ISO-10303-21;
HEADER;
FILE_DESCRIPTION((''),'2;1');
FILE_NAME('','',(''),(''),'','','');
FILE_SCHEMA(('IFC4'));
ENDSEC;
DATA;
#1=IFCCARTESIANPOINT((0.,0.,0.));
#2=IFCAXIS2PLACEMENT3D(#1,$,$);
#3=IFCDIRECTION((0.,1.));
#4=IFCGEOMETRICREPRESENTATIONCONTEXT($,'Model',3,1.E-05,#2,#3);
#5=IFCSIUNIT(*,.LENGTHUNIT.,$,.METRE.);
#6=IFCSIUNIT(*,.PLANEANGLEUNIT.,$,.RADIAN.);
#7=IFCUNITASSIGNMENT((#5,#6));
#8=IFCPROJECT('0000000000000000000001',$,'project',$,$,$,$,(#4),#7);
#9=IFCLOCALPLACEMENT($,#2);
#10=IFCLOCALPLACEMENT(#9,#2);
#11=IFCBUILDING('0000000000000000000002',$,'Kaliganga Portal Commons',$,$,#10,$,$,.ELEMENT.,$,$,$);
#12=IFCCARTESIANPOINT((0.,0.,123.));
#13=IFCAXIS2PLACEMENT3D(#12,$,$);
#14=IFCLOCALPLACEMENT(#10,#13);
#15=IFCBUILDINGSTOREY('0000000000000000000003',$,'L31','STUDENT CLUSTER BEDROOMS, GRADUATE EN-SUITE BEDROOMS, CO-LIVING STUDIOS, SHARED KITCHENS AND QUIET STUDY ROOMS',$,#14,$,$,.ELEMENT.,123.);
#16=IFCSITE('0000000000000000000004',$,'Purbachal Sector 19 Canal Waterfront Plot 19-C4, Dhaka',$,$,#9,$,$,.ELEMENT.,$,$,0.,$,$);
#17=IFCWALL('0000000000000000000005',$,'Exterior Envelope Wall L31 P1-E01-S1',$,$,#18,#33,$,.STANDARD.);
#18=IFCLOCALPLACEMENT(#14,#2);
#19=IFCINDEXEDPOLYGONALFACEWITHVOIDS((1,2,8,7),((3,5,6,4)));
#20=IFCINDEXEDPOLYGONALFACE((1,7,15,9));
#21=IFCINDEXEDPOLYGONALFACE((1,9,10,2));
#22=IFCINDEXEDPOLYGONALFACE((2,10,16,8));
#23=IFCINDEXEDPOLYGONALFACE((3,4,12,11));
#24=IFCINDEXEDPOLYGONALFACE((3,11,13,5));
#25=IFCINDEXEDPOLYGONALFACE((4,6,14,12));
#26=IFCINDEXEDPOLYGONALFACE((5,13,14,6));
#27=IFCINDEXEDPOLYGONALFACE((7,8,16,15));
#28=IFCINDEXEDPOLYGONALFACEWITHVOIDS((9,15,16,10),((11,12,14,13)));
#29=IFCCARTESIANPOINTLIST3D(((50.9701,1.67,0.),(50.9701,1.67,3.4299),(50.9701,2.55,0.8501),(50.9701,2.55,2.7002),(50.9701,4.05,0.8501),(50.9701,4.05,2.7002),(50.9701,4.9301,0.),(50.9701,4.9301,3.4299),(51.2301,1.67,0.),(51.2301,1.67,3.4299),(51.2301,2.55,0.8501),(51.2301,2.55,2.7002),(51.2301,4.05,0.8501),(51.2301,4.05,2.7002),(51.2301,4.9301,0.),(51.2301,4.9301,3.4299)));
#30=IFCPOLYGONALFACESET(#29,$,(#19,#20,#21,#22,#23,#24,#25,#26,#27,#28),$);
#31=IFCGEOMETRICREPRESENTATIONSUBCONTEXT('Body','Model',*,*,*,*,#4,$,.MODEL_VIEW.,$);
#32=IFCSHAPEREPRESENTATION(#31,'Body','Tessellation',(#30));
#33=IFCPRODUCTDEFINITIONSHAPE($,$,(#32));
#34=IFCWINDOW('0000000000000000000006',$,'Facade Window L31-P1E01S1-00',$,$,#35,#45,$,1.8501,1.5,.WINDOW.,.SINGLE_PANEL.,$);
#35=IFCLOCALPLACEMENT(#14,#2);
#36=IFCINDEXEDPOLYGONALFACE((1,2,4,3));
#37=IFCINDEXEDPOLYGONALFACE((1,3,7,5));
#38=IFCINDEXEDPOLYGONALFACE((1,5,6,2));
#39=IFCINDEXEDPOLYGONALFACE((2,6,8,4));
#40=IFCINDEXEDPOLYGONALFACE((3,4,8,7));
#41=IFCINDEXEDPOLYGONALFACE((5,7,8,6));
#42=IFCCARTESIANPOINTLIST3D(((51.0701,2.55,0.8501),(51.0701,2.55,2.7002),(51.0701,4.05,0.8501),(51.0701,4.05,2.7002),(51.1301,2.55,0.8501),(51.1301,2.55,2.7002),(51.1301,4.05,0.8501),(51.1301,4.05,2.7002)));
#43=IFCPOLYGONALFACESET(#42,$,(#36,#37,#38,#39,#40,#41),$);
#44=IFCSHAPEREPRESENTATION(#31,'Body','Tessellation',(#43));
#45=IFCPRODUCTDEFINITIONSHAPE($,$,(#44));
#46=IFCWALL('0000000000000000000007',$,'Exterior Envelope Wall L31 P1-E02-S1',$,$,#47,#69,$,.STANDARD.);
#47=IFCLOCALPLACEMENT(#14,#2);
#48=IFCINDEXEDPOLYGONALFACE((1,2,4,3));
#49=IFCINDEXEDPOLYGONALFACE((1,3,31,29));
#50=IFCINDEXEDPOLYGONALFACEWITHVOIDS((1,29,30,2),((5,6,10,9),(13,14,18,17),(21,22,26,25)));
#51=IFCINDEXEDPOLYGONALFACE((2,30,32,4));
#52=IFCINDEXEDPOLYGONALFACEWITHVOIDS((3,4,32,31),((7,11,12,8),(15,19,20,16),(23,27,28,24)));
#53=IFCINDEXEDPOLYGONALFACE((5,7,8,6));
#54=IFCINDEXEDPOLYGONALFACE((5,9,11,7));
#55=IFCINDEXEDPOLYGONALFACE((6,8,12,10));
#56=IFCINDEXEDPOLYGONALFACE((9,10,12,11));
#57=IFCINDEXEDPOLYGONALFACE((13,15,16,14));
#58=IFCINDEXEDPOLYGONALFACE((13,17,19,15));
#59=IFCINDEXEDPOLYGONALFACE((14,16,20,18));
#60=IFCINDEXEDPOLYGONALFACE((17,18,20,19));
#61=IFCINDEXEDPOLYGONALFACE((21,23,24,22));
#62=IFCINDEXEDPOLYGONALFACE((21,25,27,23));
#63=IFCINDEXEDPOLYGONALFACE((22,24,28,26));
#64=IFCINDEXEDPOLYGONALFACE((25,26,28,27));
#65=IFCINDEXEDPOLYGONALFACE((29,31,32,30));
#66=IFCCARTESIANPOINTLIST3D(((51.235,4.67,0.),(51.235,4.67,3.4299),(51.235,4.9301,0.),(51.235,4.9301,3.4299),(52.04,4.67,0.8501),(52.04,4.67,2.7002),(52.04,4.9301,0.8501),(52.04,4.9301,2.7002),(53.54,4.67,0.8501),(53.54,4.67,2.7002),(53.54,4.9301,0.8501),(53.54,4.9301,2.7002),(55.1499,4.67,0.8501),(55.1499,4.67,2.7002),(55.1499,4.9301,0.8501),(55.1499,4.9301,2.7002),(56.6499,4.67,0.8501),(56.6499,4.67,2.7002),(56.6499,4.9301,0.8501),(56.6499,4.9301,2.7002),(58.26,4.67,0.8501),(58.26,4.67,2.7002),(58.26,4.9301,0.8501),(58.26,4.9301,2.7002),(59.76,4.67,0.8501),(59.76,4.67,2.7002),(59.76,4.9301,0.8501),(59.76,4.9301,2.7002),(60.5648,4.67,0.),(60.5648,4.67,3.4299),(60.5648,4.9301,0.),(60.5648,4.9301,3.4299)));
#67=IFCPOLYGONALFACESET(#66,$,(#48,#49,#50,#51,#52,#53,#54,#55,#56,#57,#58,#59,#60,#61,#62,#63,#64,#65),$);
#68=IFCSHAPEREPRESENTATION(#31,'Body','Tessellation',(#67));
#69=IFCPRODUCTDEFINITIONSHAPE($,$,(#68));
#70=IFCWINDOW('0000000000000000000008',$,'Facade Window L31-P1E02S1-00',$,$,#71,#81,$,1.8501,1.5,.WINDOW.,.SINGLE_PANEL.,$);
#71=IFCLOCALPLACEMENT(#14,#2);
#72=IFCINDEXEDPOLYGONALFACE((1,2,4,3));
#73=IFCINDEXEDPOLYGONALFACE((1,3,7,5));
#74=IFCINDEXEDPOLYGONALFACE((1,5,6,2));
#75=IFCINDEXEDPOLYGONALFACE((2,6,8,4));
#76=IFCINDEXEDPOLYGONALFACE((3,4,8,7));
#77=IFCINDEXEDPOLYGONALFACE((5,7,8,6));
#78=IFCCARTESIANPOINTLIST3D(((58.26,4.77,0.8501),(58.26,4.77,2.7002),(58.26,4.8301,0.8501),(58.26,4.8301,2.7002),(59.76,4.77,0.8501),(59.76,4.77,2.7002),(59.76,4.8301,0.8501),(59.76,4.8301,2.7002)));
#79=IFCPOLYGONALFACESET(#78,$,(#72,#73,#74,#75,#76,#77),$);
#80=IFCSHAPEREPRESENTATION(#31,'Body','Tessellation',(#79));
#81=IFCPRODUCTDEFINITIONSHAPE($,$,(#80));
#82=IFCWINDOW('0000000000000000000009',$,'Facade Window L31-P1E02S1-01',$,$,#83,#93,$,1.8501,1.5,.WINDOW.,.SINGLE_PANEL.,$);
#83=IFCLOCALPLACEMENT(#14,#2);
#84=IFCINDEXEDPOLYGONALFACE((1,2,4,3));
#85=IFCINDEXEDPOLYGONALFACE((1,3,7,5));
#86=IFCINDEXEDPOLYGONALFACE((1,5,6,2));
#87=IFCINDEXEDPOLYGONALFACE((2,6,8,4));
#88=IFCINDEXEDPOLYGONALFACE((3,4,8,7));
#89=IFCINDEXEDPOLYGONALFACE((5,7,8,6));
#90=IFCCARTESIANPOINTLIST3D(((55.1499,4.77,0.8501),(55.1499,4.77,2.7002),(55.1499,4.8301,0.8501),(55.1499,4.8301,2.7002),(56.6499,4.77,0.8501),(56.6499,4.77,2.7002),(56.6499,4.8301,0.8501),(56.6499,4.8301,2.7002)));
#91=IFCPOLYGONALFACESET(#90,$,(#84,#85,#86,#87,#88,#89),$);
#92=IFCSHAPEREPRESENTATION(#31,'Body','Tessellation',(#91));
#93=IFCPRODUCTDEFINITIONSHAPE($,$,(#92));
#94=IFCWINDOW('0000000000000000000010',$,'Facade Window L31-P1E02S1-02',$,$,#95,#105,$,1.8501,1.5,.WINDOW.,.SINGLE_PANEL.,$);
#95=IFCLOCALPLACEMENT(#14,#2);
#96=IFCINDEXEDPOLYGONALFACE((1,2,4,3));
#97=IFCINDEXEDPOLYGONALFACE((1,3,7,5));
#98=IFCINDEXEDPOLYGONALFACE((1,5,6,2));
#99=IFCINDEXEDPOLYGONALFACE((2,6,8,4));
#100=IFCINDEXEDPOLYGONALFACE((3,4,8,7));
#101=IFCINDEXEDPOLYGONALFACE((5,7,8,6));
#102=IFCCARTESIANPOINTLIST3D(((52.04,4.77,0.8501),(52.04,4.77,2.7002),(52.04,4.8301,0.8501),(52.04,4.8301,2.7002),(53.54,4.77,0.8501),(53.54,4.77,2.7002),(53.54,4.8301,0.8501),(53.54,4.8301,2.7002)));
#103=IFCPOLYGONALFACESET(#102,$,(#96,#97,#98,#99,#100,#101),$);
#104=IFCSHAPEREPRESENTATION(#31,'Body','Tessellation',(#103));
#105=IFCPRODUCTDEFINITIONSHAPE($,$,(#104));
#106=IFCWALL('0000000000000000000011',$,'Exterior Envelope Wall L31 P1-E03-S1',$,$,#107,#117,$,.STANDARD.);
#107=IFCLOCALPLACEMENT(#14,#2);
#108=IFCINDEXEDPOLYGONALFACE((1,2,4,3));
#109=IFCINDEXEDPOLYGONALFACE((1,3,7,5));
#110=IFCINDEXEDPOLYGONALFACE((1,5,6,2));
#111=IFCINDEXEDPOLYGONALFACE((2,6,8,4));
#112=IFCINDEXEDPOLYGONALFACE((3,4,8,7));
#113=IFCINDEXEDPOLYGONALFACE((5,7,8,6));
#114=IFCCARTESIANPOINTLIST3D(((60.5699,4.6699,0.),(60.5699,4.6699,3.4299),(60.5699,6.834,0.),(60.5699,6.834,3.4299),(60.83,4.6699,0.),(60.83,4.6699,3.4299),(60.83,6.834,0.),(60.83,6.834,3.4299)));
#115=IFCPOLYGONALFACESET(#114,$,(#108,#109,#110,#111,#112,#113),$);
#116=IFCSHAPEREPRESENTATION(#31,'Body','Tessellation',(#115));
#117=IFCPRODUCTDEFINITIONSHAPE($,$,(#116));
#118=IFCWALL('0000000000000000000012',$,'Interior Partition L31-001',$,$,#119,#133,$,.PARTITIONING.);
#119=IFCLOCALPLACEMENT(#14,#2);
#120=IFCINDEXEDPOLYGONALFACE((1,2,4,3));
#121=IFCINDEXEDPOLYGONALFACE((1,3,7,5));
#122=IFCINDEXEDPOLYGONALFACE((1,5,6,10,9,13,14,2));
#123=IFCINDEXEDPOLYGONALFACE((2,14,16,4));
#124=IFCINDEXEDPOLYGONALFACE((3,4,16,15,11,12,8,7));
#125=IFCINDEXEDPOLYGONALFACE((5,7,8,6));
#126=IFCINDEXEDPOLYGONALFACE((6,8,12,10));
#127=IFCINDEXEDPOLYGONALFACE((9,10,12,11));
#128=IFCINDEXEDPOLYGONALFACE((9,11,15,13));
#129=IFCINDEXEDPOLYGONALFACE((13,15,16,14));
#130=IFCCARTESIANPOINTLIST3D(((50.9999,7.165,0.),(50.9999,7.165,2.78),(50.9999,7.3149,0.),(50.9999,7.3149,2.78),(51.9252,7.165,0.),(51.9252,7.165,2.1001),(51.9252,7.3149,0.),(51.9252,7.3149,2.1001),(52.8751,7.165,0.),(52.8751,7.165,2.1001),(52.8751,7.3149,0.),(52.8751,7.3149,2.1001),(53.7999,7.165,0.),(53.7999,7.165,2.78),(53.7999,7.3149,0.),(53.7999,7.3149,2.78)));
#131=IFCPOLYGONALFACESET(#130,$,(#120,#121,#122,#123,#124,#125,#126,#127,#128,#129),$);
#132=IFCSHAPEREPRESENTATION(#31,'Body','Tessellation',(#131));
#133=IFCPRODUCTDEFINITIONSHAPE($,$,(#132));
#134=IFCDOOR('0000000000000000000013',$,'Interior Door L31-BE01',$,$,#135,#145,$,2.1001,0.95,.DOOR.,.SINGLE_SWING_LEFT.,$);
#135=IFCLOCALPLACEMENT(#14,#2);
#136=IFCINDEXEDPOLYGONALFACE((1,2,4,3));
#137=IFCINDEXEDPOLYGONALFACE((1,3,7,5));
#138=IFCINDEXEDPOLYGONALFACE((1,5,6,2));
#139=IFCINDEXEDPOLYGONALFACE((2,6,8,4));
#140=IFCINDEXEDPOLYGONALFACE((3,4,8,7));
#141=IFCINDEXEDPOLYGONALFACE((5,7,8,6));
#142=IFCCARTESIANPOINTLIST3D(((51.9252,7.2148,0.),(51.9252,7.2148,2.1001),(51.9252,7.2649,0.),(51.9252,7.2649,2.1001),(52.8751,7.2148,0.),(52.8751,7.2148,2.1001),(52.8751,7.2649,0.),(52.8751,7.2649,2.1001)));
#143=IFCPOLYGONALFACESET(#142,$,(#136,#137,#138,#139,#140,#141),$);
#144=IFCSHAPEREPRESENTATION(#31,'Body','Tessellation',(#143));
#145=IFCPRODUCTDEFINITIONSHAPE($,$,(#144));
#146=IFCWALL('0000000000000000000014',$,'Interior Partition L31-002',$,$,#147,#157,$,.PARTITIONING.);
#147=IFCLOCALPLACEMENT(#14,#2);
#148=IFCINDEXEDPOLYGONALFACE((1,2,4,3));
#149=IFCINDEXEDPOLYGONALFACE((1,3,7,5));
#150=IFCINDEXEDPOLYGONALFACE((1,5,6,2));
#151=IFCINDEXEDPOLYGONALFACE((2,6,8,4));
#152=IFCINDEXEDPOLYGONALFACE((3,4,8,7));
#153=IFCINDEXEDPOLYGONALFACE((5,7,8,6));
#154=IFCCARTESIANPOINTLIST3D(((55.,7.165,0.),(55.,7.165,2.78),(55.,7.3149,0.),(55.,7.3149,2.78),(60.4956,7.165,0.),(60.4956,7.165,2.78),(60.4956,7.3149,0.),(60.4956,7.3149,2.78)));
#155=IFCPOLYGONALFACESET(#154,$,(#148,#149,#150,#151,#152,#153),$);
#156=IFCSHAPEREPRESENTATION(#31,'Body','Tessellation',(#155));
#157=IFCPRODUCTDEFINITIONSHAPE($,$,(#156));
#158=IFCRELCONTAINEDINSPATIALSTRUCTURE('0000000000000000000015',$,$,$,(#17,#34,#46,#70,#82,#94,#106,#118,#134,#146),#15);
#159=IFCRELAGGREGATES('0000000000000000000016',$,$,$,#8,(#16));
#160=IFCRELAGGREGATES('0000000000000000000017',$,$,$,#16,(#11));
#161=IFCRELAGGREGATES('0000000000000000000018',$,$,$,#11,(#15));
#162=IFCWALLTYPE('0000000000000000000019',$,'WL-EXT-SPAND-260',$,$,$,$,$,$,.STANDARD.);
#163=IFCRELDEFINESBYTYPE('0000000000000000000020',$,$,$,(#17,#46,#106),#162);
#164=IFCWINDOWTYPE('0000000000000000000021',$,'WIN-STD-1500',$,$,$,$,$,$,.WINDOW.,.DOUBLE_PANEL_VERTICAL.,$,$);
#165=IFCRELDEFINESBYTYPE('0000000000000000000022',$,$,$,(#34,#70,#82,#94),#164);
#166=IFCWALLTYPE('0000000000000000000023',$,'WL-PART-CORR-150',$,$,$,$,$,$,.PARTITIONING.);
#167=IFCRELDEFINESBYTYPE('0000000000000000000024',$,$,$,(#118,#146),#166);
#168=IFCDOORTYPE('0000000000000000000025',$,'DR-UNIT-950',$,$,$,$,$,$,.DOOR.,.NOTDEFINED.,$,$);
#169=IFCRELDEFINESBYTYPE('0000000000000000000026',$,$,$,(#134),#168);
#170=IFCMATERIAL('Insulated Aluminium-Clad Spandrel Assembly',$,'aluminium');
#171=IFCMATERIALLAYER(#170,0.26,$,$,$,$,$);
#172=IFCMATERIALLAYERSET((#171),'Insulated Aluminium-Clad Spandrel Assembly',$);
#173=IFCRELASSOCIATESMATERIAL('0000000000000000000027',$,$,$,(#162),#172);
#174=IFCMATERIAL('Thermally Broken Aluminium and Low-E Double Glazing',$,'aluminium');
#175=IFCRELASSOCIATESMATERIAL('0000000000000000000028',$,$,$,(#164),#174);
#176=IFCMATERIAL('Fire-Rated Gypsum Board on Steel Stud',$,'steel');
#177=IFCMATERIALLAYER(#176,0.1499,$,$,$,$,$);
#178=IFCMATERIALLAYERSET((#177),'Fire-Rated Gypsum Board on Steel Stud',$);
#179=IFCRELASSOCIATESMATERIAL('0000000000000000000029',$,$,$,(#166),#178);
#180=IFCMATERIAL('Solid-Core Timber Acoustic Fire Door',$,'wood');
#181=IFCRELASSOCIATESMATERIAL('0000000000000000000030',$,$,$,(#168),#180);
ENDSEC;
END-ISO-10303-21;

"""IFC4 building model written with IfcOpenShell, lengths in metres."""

from ifc_helpers import new_model, si_unit, direction, frame, frame_2d, origin, place, context, subcontext, project, spatial, rectangle, extrude, material, layer, layer_set, type_object, element, fill, save


model = new_model("IFC4")

# Units and contexts
model_context = context("Model", 3, precision=1e-05, world=origin(), true_north=direction((0.0, 1.0)))
body_context = subcontext(model_context, "Body", "Model", "MODEL_VIEW")
ifc_project = project(units=[si_unit("LENGTHUNIT", "METRE"), si_unit("PLANEANGLEUNIT", "RADIAN")], contexts=[model_context])

# Site, building, storey
site_placement = place(None, origin())
site = spatial("IfcSite", under=ifc_project, at=site_placement, Name="Purbachal Sector 19 Canal Waterfront Plot 19-C4, Dhaka", CompositionType="ELEMENT", RefElevation=0.0)
building_placement = place(site_placement, origin())
building = spatial("IfcBuilding", under=site, at=building_placement, Name="Kaliganga Portal Commons", CompositionType="ELEMENT")
storey_placement = place(building_placement, frame((0.0, 0.0, 123.0)))
storey = spatial("IfcBuildingStorey", under=building, at=storey_placement, Name="L31", Description="STUDENT CLUSTER BEDROOMS, GRADUATE EN-SUITE BEDROOMS, CO-LIVING STUDIOS, SHARED KITCHENS AND QUIET STUDY ROOMS", CompositionType="ELEMENT", Elevation=123.0)

# Wall, opening, window
ifc_material_1 = material(Name="Insulated Aluminium-Clad Spandrel Assembly", Category="aluminium")
ifc_layer_1 = layer(ifc_material_1, 0.26)
ifc_layer_set_1 = layer_set([ifc_layer_1], Name="Insulated Aluminium-Clad Spandrel Assembly")
wall_type_1 = type_object("IfcWallType", Name="WL-EXT-SPAND-260", PredefinedType="STANDARD", material=ifc_layer_set_1)
wall_1_placement = place(storey_placement, frame((51.1001, 4.9299, 0.0), z_axis=(0.0, 0.0, 1.0), x_axis=(0.0, -1.0, 0.0)))
wall_1 = element("IfcWall", 1, at=wall_1_placement, inside=storey, type_object=wall_type_1, Name="Exterior Envelope Wall L31 P1-E01-S1", PredefinedType="STANDARD", context=body_context, shape_type="SweptSolid", body=[
    extrude(rectangle(XDim=3.26, YDim=0.26, at=frame_2d((1.6299, 0.0))), origin(), (0.0, 0.0, 1.0), 3.4299),
])
opening_1_placement = place(wall_1_placement, frame((0.8799, 0.0, 0.8501)))
opening_1 = element("IfcOpeningElement", 2, at=opening_1_placement, cuts=wall_1, PredefinedType="OPENING", context=body_context, shape_type="SweptSolid", body=[
    extrude(rectangle(XDim=1.5, YDim=1.8501, at=frame_2d((0.75, 0.925))), frame((0.0, 0.1401, 0.0), z_axis=(0.0, -1.0, 0.0), x_axis=(1.0, 0.0, 0.0)), (0.0, 0.0, 1.0), 0.28),
])
ifc_material_2 = material(Name="Thermally Broken Aluminium and Low-E Double Glazing", Category="aluminium")
window_type = type_object("IfcWindowType", Name="WIN-STD-1500", PartitioningType="DOUBLE_PANEL_VERTICAL", PredefinedType="WINDOW", material=ifc_material_2)
window_1_placement = place(opening_1_placement, origin())
window_1 = element("IfcWindow", 3, at=window_1_placement, inside=storey, type_object=window_type, Name="Facade Window L31-P1E01S1-00", OverallHeight=1.8501, OverallWidth=1.5, PartitioningType="SINGLE_PANEL", PredefinedType="WINDOW", context=body_context, shape_type="SweptSolid", body=[
    extrude(rectangle(XDim=1.5, YDim=1.8501, at=frame_2d((0.75, 0.925))), frame((0.0, 0.03, 0.0), z_axis=(0.0, -1.0, 0.0), x_axis=(1.0, 0.0, 0.0)), (0.0, 0.0, 1.0), 0.0601),
])
fill(opening_1, window_1)

# Wall, openings, windows
wall_2_placement = place(storey_placement, frame((60.5649, 4.8, 0.0), z_axis=(0.0, 0.0, 1.0), x_axis=(-1.0, 0.0, 0.0)))
wall_2 = element("IfcWall", 4, at=wall_2_placement, inside=storey, type_object=wall_type_1, Name="Exterior Envelope Wall L31 P1-E02-S1", PredefinedType="STANDARD", context=body_context, shape_type="SweptSolid", body=[
    extrude(rectangle(XDim=9.3298, YDim=0.26, at=frame_2d((4.665, 0.0))), origin(), (0.0, 0.0, 1.0), 3.4299),
])
opening_2_placement = place(wall_2_placement, frame((0.8049, 0.0, 0.8501)))
opening_2 = element("IfcOpeningElement", 5, at=opening_2_placement, cuts=wall_2, PredefinedType="OPENING", context=body_context, shape_type="SweptSolid", body=[
    extrude(rectangle(XDim=1.5, YDim=1.8501, at=frame_2d((0.75, 0.925))), frame((0.0, 0.1401, 0.0), z_axis=(0.0, -1.0, 0.0), x_axis=(1.0, 0.0, 0.0)), (0.0, 0.0, 1.0), 0.28),
])
opening_3_placement = place(wall_2_placement, frame((3.915, 0.0, 0.8501)))
opening_3 = element("IfcOpeningElement", 6, at=opening_3_placement, cuts=wall_2, PredefinedType="OPENING", context=body_context, shape_type="SweptSolid", body=[
    extrude(rectangle(XDim=1.5, YDim=1.8501, at=frame_2d((0.75, 0.925))), frame((0.0, 0.1401, 0.0), z_axis=(0.0, -1.0, 0.0), x_axis=(1.0, 0.0, 0.0)), (0.0, 0.0, 1.0), 0.28),
])
opening_4_placement = place(wall_2_placement, frame((7.0249, 0.0, 0.8501)))
opening_4 = element("IfcOpeningElement", 7, at=opening_4_placement, cuts=wall_2, PredefinedType="OPENING", context=body_context, shape_type="SweptSolid", body=[
    extrude(rectangle(XDim=1.5, YDim=1.8501, at=frame_2d((0.75, 0.925))), frame((0.0, 0.1401, 0.0), z_axis=(0.0, -1.0, 0.0), x_axis=(1.0, 0.0, 0.0)), (0.0, 0.0, 1.0), 0.28),
])
window_2_placement = place(opening_2_placement, origin())
window_2 = element("IfcWindow", 8, at=window_2_placement, inside=storey, type_object=window_type, Name="Facade Window L31-P1E02S1-00", OverallHeight=1.8501, OverallWidth=1.5, PartitioningType="SINGLE_PANEL", PredefinedType="WINDOW", context=body_context, shape_type="SweptSolid", body=[
    extrude(rectangle(XDim=1.5, YDim=1.8501, at=frame_2d((0.75, 0.925))), frame((0.0, 0.03, 0.0), z_axis=(0.0, -1.0, 0.0), x_axis=(1.0, 0.0, 0.0)), (0.0, 0.0, 1.0), 0.0601),
])
fill(opening_2, window_2)
window_3_placement = place(opening_3_placement, origin())
window_3 = element("IfcWindow", 9, at=window_3_placement, inside=storey, type_object=window_type, Name="Facade Window L31-P1E02S1-01", OverallHeight=1.8501, OverallWidth=1.5, PartitioningType="SINGLE_PANEL", PredefinedType="WINDOW", context=body_context, shape_type="SweptSolid", body=[
    extrude(rectangle(XDim=1.5, YDim=1.8501, at=frame_2d((0.75, 0.925))), frame((0.0, 0.03, 0.0), z_axis=(0.0, -1.0, 0.0), x_axis=(1.0, 0.0, 0.0)), (0.0, 0.0, 1.0), 0.0601),
])
fill(opening_3, window_3)
window_4_placement = place(opening_4_placement, origin())
window_4 = element("IfcWindow", 10, at=window_4_placement, inside=storey, type_object=window_type, Name="Facade Window L31-P1E02S1-02", OverallHeight=1.8501, OverallWidth=1.5, PartitioningType="SINGLE_PANEL", PredefinedType="WINDOW", context=body_context, shape_type="SweptSolid", body=[
    extrude(rectangle(XDim=1.5, YDim=1.8501, at=frame_2d((0.75, 0.925))), frame((0.0, 0.03, 0.0), z_axis=(0.0, -1.0, 0.0), x_axis=(1.0, 0.0, 0.0)), (0.0, 0.0, 1.0), 0.0601),
])
fill(opening_4, window_4)

# Wall
wall_3_placement = place(storey_placement, frame((60.7, 6.834, 0.0), z_axis=(0.0, 0.0, 1.0), x_axis=(0.0, -1.0, 0.0)))
element("IfcWall", 11, at=wall_3_placement, inside=storey, type_object=wall_type_1, Name="Exterior Envelope Wall L31 P1-E03-S1", PredefinedType="STANDARD", context=body_context, shape_type="SweptSolid", body=[
    extrude(rectangle(XDim=2.1641, YDim=0.26, at=frame_2d((1.082, 0.0))), origin(), (0.0, 0.0, 1.0), 3.4299),
])

# Wall, opening, door
ifc_material_3 = material(Name="Fire-Rated Gypsum Board on Steel Stud", Category="steel")
ifc_layer_2 = layer(ifc_material_3, 0.1499)
ifc_layer_set_2 = layer_set([ifc_layer_2], Name="Fire-Rated Gypsum Board on Steel Stud")
wall_type_2 = type_object("IfcWallType", Name="WL-PART-CORR-150", PredefinedType="PARTITIONING", material=ifc_layer_set_2)
wall_4_placement = place(storey_placement, frame((51.0, 7.24, 0.0), z_axis=(0.0, 0.0, 1.0), x_axis=(1.0, 0.0, 0.0)))
wall_4 = element("IfcWall", 12, at=wall_4_placement, inside=storey, type_object=wall_type_2, Name="Interior Partition L31-001", PredefinedType="PARTITIONING", context=body_context, shape_type="SweptSolid", body=[
    extrude(rectangle(XDim=2.8, YDim=0.1499, at=frame_2d((1.3999, 0.0))), origin(), (0.0, 0.0, 1.0), 2.78),
])
opening_5_placement = place(wall_4_placement, frame((0.925, 0.0, 0.0)))
opening_5 = element("IfcOpeningElement", 13, at=opening_5_placement, cuts=wall_4, PredefinedType="OPENING", context=body_context, shape_type="SweptSolid", body=[
    extrude(rectangle(XDim=0.95, YDim=2.1001, at=frame_2d((0.4751, 1.05))), frame((0.0, 0.085, 0.0), z_axis=(0.0, -1.0, 0.0), x_axis=(1.0, 0.0, 0.0)), (0.0, 0.0, 1.0), 0.1699),
])
ifc_material_4 = material(Name="Solid-Core Timber Acoustic Fire Door", Category="wood")
door_type = type_object("IfcDoorType", Name="DR-UNIT-950", OperationType="NOTDEFINED", PredefinedType="DOOR", material=ifc_material_4)
door_placement = place(opening_5_placement, origin())
door = element("IfcDoor", 14, at=door_placement, inside=storey, type_object=door_type, Name="Interior Door L31-BE01", OperationType="SINGLE_SWING_LEFT", OverallHeight=2.1001, OverallWidth=0.95, PredefinedType="DOOR", context=body_context, shape_type="SweptSolid", body=[
    extrude(rectangle(XDim=0.95, YDim=2.1001, at=frame_2d((0.4751, 1.05))), frame((0.0, 0.0249, 0.0), z_axis=(0.0, -1.0, 0.0), x_axis=(1.0, 0.0, 0.0)), (0.0, 0.0, 1.0), 0.05),
])
fill(opening_5, door)

# Wall
wall_5_placement = place(storey_placement, frame((55.0, 7.24, 0.0), z_axis=(0.0, 0.0, 1.0), x_axis=(1.0, 0.0, 0.0)))
element("IfcWall", 15, at=wall_5_placement, inside=storey, type_object=wall_type_2, Name="Interior Partition L31-002", PredefinedType="PARTITIONING", context=body_context, shape_type="SweptSolid", body=[
    extrude(rectangle(XDim=5.4956, YDim=0.1499, at=frame_2d((2.7478, 0.0))), origin(), (0.0, 0.0, 1.0), 2.78),
])

save(model, "model.ifc")
